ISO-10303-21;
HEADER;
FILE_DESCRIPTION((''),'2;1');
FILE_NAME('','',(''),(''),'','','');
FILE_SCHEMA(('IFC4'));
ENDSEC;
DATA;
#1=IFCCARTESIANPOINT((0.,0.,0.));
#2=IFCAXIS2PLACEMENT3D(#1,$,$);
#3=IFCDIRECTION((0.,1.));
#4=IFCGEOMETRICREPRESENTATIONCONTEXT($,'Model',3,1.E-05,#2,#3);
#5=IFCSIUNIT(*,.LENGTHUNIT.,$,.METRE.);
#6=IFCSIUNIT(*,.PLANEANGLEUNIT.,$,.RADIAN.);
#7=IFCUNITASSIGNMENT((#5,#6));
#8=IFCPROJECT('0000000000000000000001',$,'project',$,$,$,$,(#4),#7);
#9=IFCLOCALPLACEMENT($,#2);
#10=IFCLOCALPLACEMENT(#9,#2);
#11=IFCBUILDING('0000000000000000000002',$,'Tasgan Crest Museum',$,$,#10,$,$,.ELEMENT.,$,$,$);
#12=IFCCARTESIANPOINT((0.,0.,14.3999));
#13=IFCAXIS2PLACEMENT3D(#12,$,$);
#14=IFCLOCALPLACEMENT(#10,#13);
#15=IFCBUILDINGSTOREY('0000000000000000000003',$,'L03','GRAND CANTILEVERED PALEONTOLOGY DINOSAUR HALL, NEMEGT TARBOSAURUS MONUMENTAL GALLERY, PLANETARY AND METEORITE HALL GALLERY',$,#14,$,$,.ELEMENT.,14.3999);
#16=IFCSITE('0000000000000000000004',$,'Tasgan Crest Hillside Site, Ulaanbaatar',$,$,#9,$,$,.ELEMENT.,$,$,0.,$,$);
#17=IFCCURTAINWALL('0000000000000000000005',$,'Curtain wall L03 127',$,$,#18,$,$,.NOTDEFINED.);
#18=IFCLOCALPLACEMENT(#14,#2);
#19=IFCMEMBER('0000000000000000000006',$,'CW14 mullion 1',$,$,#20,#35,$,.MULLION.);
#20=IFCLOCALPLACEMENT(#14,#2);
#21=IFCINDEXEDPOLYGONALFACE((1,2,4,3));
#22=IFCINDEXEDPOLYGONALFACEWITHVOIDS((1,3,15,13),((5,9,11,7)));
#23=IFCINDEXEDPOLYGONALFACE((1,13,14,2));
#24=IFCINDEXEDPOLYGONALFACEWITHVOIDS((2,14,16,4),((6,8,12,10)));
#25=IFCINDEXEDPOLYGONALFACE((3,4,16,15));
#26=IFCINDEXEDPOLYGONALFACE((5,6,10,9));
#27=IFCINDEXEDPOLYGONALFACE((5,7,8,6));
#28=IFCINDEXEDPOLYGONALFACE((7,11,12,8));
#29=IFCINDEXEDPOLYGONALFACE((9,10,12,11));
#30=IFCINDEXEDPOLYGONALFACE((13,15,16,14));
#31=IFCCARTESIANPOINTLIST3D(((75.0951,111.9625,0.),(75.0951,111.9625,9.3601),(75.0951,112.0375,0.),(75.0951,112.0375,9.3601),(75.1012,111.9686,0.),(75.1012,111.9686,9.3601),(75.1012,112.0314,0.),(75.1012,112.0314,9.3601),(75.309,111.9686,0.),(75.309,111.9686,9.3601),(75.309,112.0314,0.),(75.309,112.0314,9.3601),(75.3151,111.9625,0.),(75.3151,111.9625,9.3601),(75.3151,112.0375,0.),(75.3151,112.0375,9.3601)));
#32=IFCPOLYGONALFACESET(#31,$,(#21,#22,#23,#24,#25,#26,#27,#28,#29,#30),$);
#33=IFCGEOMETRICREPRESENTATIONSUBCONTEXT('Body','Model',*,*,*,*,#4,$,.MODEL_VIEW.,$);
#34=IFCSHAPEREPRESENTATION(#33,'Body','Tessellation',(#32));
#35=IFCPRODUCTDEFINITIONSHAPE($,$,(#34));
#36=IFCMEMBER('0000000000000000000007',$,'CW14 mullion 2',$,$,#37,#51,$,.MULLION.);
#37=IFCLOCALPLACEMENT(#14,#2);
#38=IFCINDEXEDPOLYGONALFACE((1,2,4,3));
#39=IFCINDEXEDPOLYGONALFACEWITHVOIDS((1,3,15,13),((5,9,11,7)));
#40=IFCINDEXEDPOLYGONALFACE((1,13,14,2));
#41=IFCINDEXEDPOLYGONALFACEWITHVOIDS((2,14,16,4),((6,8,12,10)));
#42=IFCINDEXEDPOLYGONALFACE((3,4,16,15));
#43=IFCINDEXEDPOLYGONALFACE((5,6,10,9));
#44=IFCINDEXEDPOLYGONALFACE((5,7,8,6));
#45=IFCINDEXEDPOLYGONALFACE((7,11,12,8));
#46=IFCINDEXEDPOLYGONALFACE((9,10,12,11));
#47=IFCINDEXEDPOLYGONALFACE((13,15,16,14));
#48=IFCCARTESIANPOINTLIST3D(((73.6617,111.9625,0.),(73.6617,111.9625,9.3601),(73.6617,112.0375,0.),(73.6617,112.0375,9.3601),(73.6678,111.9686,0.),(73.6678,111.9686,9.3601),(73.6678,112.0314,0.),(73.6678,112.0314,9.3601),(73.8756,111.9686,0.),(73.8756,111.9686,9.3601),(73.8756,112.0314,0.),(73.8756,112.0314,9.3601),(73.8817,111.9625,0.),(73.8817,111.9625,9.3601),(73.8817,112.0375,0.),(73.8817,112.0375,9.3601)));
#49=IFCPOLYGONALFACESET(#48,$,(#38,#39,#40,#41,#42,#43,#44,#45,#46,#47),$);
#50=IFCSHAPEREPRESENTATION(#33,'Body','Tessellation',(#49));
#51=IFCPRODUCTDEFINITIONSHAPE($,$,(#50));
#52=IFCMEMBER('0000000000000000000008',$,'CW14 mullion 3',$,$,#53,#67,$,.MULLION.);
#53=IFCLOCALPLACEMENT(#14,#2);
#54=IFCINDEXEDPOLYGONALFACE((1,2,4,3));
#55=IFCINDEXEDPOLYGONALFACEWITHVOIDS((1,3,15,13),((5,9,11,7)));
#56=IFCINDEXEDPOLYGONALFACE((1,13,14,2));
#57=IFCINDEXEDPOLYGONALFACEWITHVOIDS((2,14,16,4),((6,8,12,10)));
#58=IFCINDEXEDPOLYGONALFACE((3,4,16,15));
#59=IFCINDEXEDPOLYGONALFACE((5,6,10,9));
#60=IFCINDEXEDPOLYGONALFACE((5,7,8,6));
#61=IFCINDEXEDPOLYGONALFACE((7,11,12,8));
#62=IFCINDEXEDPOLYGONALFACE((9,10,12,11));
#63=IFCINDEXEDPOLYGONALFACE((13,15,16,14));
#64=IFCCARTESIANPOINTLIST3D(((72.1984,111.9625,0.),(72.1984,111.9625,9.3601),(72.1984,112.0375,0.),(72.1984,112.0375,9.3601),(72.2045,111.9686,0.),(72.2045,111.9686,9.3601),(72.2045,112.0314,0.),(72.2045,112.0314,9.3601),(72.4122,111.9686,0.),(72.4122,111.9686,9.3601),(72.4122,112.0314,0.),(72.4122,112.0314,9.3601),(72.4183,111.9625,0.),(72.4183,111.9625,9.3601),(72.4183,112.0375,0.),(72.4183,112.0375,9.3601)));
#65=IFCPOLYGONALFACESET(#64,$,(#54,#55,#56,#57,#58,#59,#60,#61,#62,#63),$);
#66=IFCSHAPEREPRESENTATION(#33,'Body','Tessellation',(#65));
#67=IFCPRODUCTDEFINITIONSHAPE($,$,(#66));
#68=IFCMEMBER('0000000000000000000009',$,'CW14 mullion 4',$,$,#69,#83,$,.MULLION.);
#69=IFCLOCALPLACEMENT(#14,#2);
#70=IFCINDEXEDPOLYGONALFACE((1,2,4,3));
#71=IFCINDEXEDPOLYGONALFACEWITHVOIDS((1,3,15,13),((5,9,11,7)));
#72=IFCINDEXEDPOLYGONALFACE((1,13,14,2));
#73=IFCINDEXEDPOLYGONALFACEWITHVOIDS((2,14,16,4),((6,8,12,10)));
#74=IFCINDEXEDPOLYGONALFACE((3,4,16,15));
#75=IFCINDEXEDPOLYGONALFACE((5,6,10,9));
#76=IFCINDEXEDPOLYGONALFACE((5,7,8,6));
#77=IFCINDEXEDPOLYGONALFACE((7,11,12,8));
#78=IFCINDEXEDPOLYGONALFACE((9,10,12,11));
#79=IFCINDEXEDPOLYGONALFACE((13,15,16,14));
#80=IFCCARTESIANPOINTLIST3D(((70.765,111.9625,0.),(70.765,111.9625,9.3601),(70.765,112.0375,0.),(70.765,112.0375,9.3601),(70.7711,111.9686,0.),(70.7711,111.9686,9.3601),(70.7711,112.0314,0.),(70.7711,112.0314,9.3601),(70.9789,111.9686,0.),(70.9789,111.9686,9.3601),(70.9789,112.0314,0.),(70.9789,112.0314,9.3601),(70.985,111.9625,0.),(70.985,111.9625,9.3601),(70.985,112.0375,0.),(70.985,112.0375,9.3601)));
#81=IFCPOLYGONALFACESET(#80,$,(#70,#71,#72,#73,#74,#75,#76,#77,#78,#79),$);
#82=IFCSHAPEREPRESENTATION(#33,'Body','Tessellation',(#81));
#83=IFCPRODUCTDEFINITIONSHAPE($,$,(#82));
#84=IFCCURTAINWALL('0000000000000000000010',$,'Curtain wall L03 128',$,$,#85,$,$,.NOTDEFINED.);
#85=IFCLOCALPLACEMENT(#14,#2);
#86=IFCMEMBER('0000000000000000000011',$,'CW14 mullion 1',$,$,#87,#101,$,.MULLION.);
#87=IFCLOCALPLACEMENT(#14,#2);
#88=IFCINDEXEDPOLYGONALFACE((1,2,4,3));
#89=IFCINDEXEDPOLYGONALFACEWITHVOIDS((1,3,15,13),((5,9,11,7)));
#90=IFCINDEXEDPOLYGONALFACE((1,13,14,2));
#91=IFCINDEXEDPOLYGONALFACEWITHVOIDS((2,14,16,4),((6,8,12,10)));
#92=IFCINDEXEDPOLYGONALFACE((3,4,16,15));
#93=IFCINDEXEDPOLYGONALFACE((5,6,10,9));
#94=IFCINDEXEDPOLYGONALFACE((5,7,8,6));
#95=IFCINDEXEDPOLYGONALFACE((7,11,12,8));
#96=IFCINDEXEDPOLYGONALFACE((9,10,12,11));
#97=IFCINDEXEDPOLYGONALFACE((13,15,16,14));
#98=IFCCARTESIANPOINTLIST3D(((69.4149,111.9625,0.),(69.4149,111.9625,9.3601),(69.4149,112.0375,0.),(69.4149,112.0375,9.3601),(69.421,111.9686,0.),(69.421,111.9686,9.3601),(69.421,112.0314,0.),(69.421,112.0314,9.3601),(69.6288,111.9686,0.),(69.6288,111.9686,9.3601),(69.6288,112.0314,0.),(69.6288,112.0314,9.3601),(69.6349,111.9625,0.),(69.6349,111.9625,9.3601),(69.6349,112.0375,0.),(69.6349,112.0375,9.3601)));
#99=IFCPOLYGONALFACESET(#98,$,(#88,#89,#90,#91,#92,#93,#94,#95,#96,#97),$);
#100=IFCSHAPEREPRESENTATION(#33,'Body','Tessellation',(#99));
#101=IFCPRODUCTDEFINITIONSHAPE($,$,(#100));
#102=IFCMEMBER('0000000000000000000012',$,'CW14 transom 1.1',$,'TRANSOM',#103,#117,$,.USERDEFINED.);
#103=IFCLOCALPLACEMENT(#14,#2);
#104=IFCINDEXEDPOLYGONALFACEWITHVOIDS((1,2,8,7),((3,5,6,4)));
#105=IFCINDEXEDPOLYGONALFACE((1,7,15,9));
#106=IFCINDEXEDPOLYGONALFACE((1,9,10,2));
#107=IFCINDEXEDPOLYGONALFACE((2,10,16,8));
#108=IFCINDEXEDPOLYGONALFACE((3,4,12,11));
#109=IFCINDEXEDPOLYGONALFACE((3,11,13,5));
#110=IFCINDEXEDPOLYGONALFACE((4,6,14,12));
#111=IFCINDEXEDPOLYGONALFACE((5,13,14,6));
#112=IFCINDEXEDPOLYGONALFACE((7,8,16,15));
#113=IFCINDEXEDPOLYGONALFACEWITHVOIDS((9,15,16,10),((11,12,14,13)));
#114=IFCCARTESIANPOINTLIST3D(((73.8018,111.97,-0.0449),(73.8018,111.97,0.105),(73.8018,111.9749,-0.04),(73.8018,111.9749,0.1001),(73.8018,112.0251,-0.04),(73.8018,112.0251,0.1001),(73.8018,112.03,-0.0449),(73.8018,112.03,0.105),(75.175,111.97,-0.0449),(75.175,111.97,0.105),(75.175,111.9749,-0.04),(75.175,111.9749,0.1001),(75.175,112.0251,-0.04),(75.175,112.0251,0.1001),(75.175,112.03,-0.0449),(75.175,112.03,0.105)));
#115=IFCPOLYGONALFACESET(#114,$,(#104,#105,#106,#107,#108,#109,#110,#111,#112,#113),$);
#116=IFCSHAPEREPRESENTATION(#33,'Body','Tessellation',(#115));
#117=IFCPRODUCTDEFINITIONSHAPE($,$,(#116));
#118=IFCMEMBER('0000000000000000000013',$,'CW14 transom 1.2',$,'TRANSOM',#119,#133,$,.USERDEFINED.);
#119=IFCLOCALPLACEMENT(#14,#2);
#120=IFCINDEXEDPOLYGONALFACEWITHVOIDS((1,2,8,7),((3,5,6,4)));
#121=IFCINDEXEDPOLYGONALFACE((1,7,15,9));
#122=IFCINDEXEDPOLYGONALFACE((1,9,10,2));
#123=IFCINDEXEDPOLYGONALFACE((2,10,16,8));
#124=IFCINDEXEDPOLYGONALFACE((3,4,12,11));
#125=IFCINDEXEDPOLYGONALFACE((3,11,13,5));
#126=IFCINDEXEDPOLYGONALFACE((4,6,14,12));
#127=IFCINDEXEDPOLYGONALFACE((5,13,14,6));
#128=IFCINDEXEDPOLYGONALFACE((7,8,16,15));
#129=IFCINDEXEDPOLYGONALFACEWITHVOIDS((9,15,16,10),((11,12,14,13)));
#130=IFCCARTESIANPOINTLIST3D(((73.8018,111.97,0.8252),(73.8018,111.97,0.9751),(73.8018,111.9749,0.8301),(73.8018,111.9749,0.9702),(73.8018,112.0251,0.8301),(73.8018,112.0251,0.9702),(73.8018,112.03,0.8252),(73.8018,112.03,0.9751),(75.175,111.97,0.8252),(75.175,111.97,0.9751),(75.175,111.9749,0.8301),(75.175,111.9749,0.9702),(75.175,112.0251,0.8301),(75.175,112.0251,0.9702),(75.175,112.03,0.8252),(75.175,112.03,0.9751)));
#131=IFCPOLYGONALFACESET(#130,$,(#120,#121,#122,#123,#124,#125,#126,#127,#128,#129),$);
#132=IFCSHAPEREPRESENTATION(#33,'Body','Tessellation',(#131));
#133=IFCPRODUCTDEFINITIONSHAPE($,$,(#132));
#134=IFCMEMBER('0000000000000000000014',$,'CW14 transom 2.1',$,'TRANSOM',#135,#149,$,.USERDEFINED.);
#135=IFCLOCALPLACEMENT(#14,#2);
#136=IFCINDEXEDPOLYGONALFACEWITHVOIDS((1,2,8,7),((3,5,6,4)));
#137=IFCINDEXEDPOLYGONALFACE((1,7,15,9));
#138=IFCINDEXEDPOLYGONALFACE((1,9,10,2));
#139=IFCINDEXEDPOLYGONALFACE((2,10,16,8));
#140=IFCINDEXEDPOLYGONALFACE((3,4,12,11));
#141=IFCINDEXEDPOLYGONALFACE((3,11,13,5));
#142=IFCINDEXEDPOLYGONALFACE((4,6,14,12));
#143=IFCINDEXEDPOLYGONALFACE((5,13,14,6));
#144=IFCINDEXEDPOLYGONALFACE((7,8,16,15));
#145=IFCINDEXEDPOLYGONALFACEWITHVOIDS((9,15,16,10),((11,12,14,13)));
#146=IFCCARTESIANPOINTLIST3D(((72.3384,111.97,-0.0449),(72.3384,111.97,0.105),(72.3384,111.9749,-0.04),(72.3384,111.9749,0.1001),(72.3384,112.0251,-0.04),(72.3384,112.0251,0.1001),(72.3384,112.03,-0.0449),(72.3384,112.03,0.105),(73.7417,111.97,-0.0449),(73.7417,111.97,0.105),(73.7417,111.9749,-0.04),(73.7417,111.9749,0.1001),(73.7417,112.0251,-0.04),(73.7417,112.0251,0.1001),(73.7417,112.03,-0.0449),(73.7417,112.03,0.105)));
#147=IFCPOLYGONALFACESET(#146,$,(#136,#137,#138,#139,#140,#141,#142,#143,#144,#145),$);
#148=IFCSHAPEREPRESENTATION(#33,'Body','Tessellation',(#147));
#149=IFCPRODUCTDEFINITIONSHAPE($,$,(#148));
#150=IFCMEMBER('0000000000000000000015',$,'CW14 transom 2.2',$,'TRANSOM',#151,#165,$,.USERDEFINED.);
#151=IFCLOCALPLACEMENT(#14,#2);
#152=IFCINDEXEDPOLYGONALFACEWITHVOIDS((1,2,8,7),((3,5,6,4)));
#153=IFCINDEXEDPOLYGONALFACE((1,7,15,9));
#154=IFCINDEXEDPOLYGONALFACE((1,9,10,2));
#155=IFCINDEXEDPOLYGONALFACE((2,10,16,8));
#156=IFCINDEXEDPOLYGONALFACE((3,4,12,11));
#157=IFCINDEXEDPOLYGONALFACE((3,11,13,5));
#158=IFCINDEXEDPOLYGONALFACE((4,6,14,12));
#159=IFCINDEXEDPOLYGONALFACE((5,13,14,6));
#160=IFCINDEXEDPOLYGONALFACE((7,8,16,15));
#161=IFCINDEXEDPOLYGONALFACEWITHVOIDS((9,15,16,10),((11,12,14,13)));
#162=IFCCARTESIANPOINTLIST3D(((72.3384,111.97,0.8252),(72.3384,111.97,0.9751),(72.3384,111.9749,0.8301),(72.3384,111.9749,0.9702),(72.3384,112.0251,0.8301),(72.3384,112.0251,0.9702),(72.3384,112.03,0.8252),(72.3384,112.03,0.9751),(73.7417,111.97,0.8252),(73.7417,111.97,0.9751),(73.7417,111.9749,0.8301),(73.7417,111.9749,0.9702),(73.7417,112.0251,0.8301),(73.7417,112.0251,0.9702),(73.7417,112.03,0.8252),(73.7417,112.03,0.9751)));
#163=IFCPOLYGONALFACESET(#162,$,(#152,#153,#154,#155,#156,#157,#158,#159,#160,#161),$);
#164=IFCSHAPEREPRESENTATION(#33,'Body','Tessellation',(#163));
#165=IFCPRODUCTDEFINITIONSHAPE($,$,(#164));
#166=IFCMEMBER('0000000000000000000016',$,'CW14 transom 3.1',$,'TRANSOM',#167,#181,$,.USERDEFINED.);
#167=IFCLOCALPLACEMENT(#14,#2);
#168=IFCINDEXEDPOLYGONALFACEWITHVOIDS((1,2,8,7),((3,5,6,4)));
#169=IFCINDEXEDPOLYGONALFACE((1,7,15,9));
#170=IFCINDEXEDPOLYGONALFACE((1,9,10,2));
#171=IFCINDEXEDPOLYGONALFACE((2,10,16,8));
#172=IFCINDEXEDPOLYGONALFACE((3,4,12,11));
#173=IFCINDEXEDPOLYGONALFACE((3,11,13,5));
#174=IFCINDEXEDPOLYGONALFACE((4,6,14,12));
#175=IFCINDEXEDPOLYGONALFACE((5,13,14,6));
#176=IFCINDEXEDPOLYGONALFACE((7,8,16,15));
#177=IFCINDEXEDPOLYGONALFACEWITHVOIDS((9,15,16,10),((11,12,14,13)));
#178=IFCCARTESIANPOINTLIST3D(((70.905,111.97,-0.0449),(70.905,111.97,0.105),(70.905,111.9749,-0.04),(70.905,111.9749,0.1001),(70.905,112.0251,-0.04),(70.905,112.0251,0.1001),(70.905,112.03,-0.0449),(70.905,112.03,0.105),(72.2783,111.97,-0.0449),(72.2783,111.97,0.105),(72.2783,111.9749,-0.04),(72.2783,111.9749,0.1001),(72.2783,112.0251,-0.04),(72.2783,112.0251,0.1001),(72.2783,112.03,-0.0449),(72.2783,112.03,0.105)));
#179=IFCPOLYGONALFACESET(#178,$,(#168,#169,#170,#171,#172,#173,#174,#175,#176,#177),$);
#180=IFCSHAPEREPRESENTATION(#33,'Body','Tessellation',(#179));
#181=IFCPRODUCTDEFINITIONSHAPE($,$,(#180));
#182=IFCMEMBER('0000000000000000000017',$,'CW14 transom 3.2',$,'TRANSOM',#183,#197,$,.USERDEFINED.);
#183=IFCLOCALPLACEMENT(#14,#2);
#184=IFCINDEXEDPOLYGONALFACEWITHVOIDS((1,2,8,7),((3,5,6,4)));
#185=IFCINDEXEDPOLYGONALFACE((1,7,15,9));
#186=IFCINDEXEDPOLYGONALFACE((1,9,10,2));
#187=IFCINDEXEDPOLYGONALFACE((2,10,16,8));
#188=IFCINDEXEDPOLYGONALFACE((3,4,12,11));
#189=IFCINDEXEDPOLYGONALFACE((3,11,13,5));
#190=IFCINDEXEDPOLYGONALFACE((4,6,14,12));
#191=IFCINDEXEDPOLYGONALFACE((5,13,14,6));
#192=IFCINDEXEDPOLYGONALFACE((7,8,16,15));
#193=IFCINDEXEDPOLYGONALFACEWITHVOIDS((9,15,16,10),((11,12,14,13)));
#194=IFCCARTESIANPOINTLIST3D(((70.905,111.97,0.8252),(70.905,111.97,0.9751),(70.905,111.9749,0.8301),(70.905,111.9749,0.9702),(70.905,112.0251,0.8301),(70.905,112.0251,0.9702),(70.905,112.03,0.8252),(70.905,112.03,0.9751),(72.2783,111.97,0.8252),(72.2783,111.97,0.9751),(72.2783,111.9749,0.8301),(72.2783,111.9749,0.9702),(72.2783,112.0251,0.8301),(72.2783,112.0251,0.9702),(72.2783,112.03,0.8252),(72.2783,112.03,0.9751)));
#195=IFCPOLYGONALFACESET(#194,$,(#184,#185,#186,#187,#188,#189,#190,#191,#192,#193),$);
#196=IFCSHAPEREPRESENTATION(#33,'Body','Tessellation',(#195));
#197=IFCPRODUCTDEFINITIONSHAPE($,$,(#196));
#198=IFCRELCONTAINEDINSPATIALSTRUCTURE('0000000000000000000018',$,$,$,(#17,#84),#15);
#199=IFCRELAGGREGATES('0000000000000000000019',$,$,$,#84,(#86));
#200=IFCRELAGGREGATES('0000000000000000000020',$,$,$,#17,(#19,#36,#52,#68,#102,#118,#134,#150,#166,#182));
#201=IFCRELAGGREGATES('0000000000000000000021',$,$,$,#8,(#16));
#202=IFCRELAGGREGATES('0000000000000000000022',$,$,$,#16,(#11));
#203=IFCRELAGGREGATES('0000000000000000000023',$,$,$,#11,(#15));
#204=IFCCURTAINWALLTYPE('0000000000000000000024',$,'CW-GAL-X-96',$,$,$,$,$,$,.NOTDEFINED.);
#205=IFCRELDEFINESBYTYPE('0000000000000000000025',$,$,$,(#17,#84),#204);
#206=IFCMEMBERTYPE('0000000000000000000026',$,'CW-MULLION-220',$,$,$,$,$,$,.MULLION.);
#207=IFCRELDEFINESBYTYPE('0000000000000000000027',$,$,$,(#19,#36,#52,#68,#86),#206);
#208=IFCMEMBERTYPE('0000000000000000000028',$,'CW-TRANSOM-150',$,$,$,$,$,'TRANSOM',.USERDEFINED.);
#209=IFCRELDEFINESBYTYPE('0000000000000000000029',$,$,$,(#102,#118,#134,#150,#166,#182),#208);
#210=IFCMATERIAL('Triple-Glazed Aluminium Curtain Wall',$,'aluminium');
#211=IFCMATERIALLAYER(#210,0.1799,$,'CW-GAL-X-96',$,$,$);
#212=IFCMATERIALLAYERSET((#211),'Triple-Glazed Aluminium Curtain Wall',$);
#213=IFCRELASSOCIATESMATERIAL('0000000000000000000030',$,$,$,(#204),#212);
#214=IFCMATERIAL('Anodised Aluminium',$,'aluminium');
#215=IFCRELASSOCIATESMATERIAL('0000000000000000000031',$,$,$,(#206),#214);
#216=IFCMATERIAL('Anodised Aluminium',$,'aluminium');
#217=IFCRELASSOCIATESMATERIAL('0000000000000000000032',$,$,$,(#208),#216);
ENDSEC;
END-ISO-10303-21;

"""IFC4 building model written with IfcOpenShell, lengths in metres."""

from ifc_helpers import new_model, si_unit, direction, frame, origin, origin_2d, place, context, subcontext, project, spatial, hollow_rectangle, extrude, material, layer, layer_set, material_profile, profile_set, type_object, element, aggregate, save


model = new_model("IFC4")

# Units and contexts
model_context = context("Model", 3, precision=1e-05, world=origin(), true_north=direction((0.0, 1.0)))
body_context = subcontext(model_context, "Body", "Model", "MODEL_VIEW")
ifc_project = project(units=[si_unit("LENGTHUNIT", "METRE"), si_unit("PLANEANGLEUNIT", "RADIAN")], contexts=[model_context])

# Site, building, storey
site_placement = place(None, origin())
site = spatial("IfcSite", under=ifc_project, at=site_placement, Name="Tasgan Crest Hillside Site, Ulaanbaatar", CompositionType="ELEMENT", RefElevation=0.0)
building_placement = place(site_placement, origin())
building = spatial("IfcBuilding", under=site, at=building_placement, Name="Tasgan Crest Museum", CompositionType="ELEMENT")
storey_placement = place(building_placement, frame((0.0, 0.0, 14.3999)))
storey = spatial("IfcBuildingStorey", under=building, at=storey_placement, Name="L03", Description="GRAND CANTILEVERED PALEONTOLOGY DINOSAUR HALL, NEMEGT TARBOSAURUS MONUMENTAL GALLERY, PLANETARY AND METEORITE HALL GALLERY", CompositionType="ELEMENT", Elevation=14.3999)

# Curtain wall, members
ifc_material_1 = material(Name="Triple-Glazed Aluminium Curtain Wall", Category="aluminium")
ifc_layer_1 = layer(ifc_material_1, 0.1799, Name="CW-GAL-X-96")
ifc_layer_set_1 = layer_set([ifc_layer_1], Name="Triple-Glazed Aluminium Curtain Wall")
curtain_wall_type = type_object("IfcCurtainWallType", Name="CW-GAL-X-96", PredefinedType="NOTDEFINED", material=ifc_layer_set_1)
curtain_wall_1_placement = place(storey_placement, origin())
curtain_wall_1 = element("IfcCurtainWall", 1, at=curtain_wall_1_placement, inside=storey, type_object=curtain_wall_type, Name="Curtain wall L03 127", PredefinedType="NOTDEFINED")
ifc_material_2 = material(Name="Anodised Aluminium", Category="aluminium")
ifc_material_profile_1 = material_profile(ifc_material_2, hollow_rectangle(XDim=0.075, YDim=0.22, WallThickness=0.0061, at=origin_2d()), Name="ALU MULLION 220x75x6")
ifc_profile_set_1 = profile_set([ifc_material_profile_1], Name="Anodised Aluminium")
member_type_1 = type_object("IfcMemberType", Name="CW-MULLION-220", PredefinedType="MULLION", material=ifc_profile_set_1)
member_1_placement = place(storey_placement, frame((75.2051, 112.0, 0.0), z_axis=(0.0, 0.0, 1.0), x_axis=(0.0, -1.0, 0.0)))
member_1 = element("IfcMember", 2, at=member_1_placement, type_object=member_type_1, Name="CW14 mullion 1", PredefinedType="MULLION", context=body_context, shape_type="SweptSolid", body=[
    extrude(hollow_rectangle(XDim=0.075, YDim=0.22, WallThickness=0.0061, at=origin_2d()), origin(), (0.0, 0.0, 1.0), 9.3601),
])
member_2_placement = place(storey_placement, frame((73.7717, 112.0, 0.0), z_axis=(0.0, 0.0, 1.0), x_axis=(0.0, -1.0, 0.0)))
member_2 = element("IfcMember", 3, at=member_2_placement, type_object=member_type_1, Name="CW14 mullion 2", PredefinedType="MULLION", context=body_context, shape_type="SweptSolid", body=[
    extrude(hollow_rectangle(XDim=0.075, YDim=0.22, WallThickness=0.0061, at=origin_2d()), origin(), (0.0, 0.0, 1.0), 9.3601),
])
member_3_placement = place(storey_placement, frame((72.3083, 112.0, 0.0), z_axis=(0.0, 0.0, 1.0), x_axis=(0.0, -1.0, 0.0)))
member_3 = element("IfcMember", 4, at=member_3_placement, type_object=member_type_1, Name="CW14 mullion 3", PredefinedType="MULLION", context=body_context, shape_type="SweptSolid", body=[
    extrude(hollow_rectangle(XDim=0.075, YDim=0.22, WallThickness=0.0061, at=origin_2d()), origin(), (0.0, 0.0, 1.0), 9.3601),
])
member_4_placement = place(storey_placement, frame((70.875, 112.0, 0.0), z_axis=(0.0, 0.0, 1.0), x_axis=(0.0, -1.0, 0.0)))
member_4 = element("IfcMember", 5, at=member_4_placement, type_object=member_type_1, Name="CW14 mullion 4", PredefinedType="MULLION", context=body_context, shape_type="SweptSolid", body=[
    extrude(hollow_rectangle(XDim=0.075, YDim=0.22, WallThickness=0.0061, at=origin_2d()), origin(), (0.0, 0.0, 1.0), 9.3601),
])

# Curtain wall, member
curtain_wall_2_placement = place(storey_placement, origin())
curtain_wall_2 = element("IfcCurtainWall", 6, at=curtain_wall_2_placement, inside=storey, type_object=curtain_wall_type, Name="Curtain wall L03 128", PredefinedType="NOTDEFINED")
member_5_placement = place(storey_placement, frame((69.5249, 112.0, 0.0), z_axis=(0.0, 0.0, 1.0), x_axis=(0.0, -1.0, 0.0)))
member_5 = element("IfcMember", 7, at=member_5_placement, type_object=member_type_1, Name="CW14 mullion 1", PredefinedType="MULLION", context=body_context, shape_type="SweptSolid", body=[
    extrude(hollow_rectangle(XDim=0.075, YDim=0.22, WallThickness=0.0061, at=origin_2d()), origin(), (0.0, 0.0, 1.0), 9.3601),
])

# Members
ifc_material_3 = material(Name="Anodised Aluminium", Category="aluminium")
ifc_material_profile_2 = material_profile(ifc_material_3, hollow_rectangle(XDim=0.0601, YDim=0.1499, WallThickness=0.0049, at=origin_2d()), Name="ALU TRANSOM 150x60x5")
ifc_profile_set_2 = profile_set([ifc_material_profile_2], Name="Anodised Aluminium")
member_type_2 = type_object("IfcMemberType", Name="CW-TRANSOM-150", ElementType="TRANSOM", PredefinedType="USERDEFINED", material=ifc_profile_set_2)
member_6_placement = place(storey_placement, frame((75.175, 112.0, 0.03), z_axis=(-1.0, 0.0, 0.0), x_axis=(0.0, -1.0, 0.0)))
member_6 = element("IfcMember", 8, at=member_6_placement, type_object=member_type_2, Name="CW14 transom 1.1", ObjectType="TRANSOM", PredefinedType="USERDEFINED", context=body_context, shape_type="SweptSolid", body=[
    extrude(hollow_rectangle(XDim=0.0601, YDim=0.1499, WallThickness=0.0049, at=origin_2d()), origin(), (0.0, 0.0, 1.0), 1.3733),
])
member_7_placement = place(storey_placement, frame((75.175, 112.0, 0.9001), z_axis=(-1.0, 0.0, 0.0), x_axis=(0.0, -1.0, 0.0)))
member_7 = element("IfcMember", 9, at=member_7_placement, type_object=member_type_2, Name="CW14 transom 1.2", ObjectType="TRANSOM", PredefinedType="USERDEFINED", context=body_context, shape_type="SweptSolid", body=[
    extrude(hollow_rectangle(XDim=0.0601, YDim=0.1499, WallThickness=0.0049, at=origin_2d()), origin(), (0.0, 0.0, 1.0), 1.3733),
])
member_8_placement = place(storey_placement, frame((73.7417, 112.0, 0.03), z_axis=(-1.0, 0.0, 0.0), x_axis=(0.0, -1.0, 0.0)))
member_8 = element("IfcMember", 10, at=member_8_placement, type_object=member_type_2, Name="CW14 transom 2.1", ObjectType="TRANSOM", PredefinedType="USERDEFINED", context=body_context, shape_type="SweptSolid", body=[
    extrude(hollow_rectangle(XDim=0.0601, YDim=0.1499, WallThickness=0.0049, at=origin_2d()), origin(), (0.0, 0.0, 1.0), 1.4033),
])
member_9_placement = place(storey_placement, frame((73.7417, 112.0, 0.9001), z_axis=(-1.0, 0.0, 0.0), x_axis=(0.0, -1.0, 0.0)))
member_9 = element("IfcMember", 11, at=member_9_placement, type_object=member_type_2, Name="CW14 transom 2.2", ObjectType="TRANSOM", PredefinedType="USERDEFINED", context=body_context, shape_type="SweptSolid", body=[
    extrude(hollow_rectangle(XDim=0.0601, YDim=0.1499, WallThickness=0.0049, at=origin_2d()), origin(), (0.0, 0.0, 1.0), 1.4033),
])
member_10_placement = place(storey_placement, frame((72.2783, 112.0, 0.03), z_axis=(-1.0, 0.0, 0.0), x_axis=(0.0, -1.0, 0.0)))
member_10 = element("IfcMember", 12, at=member_10_placement, type_object=member_type_2, Name="CW14 transom 3.1", ObjectType="TRANSOM", PredefinedType="USERDEFINED", context=body_context, shape_type="SweptSolid", body=[
    extrude(hollow_rectangle(XDim=0.0601, YDim=0.1499, WallThickness=0.0049, at=origin_2d()), origin(), (0.0, 0.0, 1.0), 1.3733),
])
member_11_placement = place(storey_placement, frame((72.2783, 112.0, 0.9001), z_axis=(-1.0, 0.0, 0.0), x_axis=(0.0, -1.0, 0.0)))
member_11 = element("IfcMember", 13, at=member_11_placement, type_object=member_type_2, Name="CW14 transom 3.2", ObjectType="TRANSOM", PredefinedType="USERDEFINED", context=body_context, shape_type="SweptSolid", body=[
    extrude(hollow_rectangle(XDim=0.0601, YDim=0.1499, WallThickness=0.0049, at=origin_2d()), origin(), (0.0, 0.0, 1.0), 1.3733),
])
aggregate(curtain_wall_2, [member_5])

aggregate(curtain_wall_1, [member_1, member_2, member_3, member_4, member_6, member_7, member_8, member_9, member_10, member_11])

save(model, "model.ifc")
